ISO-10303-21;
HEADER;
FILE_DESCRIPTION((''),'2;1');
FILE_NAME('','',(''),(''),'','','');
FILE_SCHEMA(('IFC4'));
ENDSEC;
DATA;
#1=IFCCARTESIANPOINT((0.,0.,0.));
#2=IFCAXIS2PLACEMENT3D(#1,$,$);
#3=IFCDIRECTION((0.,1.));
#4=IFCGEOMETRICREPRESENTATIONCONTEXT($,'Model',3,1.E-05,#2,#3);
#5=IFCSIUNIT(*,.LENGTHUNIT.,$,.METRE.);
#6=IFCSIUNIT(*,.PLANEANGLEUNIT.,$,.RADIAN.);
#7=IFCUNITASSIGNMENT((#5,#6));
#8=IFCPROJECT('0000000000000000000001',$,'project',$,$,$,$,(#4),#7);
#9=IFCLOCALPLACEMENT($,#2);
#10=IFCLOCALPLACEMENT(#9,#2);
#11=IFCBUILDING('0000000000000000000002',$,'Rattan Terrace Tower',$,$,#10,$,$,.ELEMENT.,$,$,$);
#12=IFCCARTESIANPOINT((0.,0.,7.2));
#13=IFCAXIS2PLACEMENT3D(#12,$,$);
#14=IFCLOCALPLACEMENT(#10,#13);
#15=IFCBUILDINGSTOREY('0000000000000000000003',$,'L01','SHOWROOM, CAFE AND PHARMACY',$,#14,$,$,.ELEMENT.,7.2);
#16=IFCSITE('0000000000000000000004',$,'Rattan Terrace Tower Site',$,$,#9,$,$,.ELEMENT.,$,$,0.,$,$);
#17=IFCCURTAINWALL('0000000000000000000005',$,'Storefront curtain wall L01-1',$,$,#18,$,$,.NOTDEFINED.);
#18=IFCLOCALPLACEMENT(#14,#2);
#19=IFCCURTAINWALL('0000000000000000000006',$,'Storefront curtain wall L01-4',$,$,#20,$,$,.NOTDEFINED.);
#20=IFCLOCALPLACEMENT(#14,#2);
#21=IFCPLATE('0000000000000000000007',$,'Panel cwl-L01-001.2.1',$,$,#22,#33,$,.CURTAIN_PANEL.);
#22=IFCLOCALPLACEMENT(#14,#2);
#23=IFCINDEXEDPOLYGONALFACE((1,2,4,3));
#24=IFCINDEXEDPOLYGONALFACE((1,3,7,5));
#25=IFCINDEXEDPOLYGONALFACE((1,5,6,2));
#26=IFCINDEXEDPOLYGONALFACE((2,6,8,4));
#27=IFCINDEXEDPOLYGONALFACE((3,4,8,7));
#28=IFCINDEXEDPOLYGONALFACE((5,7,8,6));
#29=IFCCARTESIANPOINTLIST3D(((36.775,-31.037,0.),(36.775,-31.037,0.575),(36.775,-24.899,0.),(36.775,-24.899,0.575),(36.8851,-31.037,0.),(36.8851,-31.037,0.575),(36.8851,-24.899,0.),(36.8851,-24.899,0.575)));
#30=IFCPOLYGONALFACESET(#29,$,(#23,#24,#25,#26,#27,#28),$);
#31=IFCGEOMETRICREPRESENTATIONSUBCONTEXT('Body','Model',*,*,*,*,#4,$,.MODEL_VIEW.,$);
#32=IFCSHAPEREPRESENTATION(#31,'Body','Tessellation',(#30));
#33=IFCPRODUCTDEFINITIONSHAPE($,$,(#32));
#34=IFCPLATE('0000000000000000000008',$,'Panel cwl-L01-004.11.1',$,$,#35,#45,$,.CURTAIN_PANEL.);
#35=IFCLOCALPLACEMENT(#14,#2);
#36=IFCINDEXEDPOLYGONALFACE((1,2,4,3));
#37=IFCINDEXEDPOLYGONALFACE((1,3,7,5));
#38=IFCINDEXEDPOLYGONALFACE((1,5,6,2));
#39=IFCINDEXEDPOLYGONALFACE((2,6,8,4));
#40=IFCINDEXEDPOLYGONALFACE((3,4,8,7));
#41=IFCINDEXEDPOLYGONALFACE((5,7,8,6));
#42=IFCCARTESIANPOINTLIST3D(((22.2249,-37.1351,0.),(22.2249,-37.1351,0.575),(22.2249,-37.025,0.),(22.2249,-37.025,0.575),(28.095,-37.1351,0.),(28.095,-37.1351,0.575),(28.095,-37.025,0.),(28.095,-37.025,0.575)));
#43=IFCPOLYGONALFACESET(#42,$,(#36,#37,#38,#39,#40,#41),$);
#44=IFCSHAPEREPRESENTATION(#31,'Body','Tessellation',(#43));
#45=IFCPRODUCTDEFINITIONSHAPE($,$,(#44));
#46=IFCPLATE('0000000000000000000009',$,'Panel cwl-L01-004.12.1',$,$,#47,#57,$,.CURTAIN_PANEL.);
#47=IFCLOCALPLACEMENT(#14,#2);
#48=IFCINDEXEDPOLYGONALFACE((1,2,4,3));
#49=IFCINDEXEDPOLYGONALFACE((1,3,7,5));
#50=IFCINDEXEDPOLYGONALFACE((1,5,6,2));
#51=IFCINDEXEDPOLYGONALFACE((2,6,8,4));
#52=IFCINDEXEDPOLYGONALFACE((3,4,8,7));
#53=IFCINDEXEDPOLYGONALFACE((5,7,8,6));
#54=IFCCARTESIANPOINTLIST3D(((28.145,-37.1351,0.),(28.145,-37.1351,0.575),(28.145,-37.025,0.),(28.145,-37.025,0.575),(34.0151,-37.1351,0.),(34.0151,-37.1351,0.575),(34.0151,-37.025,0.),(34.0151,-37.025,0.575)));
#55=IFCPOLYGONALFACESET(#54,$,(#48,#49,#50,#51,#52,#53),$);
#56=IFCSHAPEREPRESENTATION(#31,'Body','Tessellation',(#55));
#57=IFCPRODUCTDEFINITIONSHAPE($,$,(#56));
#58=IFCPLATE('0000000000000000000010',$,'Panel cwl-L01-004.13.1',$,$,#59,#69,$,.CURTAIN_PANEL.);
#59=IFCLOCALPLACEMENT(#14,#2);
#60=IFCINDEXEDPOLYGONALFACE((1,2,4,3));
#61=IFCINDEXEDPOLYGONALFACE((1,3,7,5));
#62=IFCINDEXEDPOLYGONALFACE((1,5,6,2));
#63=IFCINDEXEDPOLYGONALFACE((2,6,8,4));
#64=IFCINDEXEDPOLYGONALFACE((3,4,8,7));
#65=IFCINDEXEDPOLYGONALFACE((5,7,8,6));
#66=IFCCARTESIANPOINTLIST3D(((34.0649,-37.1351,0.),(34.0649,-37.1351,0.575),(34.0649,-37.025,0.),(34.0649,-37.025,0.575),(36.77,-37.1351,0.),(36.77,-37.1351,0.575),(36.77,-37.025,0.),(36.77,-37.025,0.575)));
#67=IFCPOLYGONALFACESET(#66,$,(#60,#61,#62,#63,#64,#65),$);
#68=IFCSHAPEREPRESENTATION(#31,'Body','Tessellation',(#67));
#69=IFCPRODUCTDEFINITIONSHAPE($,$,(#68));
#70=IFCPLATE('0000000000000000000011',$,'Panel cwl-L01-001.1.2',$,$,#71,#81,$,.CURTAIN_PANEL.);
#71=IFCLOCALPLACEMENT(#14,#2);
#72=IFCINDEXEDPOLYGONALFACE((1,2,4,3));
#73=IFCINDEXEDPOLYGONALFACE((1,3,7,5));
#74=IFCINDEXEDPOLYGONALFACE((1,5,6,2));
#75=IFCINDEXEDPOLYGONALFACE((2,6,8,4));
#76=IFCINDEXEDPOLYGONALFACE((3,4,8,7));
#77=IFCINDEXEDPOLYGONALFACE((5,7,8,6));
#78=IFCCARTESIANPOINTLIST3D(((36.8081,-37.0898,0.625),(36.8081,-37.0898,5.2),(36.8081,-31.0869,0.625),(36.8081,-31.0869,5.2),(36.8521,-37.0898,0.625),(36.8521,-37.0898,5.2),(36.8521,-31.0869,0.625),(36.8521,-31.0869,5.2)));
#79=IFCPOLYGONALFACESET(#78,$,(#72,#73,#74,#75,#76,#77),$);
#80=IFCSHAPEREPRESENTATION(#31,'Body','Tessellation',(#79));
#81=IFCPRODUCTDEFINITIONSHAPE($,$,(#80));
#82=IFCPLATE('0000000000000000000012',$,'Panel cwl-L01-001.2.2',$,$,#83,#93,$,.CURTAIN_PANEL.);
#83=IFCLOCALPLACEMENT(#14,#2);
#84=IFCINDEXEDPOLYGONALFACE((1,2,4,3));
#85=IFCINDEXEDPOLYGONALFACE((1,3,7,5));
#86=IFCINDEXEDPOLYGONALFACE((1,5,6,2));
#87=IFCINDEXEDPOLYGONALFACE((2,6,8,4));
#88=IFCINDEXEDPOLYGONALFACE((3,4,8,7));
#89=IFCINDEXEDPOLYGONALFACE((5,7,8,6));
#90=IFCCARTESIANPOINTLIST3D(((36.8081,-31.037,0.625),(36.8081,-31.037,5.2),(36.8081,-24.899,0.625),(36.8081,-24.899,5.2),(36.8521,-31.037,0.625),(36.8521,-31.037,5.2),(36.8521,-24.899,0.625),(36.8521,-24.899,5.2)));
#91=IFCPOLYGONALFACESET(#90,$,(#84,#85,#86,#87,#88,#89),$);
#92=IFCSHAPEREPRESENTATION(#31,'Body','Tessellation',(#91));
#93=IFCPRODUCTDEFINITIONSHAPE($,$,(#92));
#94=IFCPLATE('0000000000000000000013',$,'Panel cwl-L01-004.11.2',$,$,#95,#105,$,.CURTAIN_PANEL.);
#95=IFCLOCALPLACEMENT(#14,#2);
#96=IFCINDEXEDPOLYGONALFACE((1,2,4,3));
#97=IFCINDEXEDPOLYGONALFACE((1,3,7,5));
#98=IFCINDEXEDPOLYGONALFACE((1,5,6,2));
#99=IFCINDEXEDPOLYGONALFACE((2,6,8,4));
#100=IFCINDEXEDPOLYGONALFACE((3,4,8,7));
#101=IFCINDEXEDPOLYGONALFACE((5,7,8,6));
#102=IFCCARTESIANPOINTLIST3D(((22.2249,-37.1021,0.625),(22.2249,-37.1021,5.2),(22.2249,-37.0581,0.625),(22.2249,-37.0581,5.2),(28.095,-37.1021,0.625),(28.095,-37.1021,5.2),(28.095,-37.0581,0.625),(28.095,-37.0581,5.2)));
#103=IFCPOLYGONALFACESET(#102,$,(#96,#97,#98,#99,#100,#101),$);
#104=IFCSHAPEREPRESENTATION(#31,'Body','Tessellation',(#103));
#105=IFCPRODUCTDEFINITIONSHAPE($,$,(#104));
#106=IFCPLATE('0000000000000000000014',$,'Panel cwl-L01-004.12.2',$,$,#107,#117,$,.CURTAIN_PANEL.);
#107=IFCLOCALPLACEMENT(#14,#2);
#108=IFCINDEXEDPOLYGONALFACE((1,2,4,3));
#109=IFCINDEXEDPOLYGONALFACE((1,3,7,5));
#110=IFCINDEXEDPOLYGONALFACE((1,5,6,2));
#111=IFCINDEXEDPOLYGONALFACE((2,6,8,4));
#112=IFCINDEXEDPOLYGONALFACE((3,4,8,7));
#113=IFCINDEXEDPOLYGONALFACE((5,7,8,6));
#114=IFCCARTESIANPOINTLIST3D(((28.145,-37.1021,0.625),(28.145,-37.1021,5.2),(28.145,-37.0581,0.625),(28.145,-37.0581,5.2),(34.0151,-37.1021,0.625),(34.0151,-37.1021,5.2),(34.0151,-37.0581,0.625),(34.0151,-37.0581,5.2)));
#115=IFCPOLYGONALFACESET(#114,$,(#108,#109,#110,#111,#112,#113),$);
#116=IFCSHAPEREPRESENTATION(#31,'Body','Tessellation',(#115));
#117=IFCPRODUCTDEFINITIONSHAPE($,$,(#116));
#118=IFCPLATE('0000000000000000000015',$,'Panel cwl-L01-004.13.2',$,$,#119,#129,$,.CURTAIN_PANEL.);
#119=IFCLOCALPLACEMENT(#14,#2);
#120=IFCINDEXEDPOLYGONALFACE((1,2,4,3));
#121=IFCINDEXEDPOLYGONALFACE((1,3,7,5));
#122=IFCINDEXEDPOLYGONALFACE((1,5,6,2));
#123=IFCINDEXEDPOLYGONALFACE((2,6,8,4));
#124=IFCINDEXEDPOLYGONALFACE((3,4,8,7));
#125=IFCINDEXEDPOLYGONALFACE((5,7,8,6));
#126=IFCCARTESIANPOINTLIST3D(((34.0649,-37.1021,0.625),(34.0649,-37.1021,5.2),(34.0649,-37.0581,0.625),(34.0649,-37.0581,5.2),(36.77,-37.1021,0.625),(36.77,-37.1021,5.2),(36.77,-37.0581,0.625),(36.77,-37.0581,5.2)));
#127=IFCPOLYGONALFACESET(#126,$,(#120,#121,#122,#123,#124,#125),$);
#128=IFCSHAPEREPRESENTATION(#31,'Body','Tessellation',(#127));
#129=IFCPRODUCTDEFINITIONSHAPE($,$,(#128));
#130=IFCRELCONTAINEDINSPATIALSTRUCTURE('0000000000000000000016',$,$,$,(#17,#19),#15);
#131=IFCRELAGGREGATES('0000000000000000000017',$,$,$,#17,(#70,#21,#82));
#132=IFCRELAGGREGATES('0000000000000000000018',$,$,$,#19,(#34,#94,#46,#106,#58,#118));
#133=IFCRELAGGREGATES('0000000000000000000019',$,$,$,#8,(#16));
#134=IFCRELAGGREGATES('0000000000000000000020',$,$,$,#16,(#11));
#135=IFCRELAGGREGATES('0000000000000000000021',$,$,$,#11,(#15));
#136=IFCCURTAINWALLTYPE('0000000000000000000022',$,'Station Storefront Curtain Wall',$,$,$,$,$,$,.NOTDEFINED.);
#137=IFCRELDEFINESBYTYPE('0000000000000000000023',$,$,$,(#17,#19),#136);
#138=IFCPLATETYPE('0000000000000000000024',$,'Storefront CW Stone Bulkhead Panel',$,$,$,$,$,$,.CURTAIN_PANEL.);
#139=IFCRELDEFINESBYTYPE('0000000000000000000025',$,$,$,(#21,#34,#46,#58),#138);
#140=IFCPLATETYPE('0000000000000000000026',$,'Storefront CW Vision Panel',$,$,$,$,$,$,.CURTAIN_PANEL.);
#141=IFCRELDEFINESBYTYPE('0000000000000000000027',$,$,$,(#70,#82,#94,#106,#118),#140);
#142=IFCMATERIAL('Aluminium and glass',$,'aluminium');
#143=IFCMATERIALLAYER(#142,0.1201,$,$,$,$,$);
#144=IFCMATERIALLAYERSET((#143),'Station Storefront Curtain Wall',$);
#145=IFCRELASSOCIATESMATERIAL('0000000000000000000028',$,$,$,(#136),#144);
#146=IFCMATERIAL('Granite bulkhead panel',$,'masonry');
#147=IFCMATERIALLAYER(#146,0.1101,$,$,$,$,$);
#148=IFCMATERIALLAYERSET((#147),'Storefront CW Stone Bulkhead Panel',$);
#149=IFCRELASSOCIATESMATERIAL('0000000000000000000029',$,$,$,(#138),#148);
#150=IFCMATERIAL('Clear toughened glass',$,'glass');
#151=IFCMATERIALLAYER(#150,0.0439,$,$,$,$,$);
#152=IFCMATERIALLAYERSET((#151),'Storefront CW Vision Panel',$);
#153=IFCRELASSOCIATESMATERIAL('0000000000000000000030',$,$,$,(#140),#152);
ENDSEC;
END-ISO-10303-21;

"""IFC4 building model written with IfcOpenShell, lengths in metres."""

from ifc_helpers import new_model, si_unit, direction, frame, origin, origin_2d, place, context, subcontext, project, spatial, rectangle, extrude, material, layer, layer_set, type_object, element, aggregate, save


model = new_model("IFC4")

# Units and contexts
model_context = context("Model", 3, precision=1e-05, world=origin(), true_north=direction((0.0, 1.0)))
body_context = subcontext(model_context, "Body", "Model", "MODEL_VIEW")
ifc_project = project(units=[si_unit("LENGTHUNIT", "METRE"), si_unit("PLANEANGLEUNIT", "RADIAN")], contexts=[model_context])

# Site, building, storey
site_placement = place(None, origin())
site = spatial("IfcSite", under=ifc_project, at=site_placement, Name="Rattan Terrace Tower Site", CompositionType="ELEMENT", RefElevation=0.0)
building_placement = place(site_placement, origin())
building = spatial("IfcBuilding", under=site, at=building_placement, Name="Rattan Terrace Tower", CompositionType="ELEMENT")
storey_placement = place(building_placement, frame((0.0, 0.0, 7.2)))
storey = spatial("IfcBuildingStorey", under=building, at=storey_placement, Name="L01", Description="SHOWROOM, CAFE AND PHARMACY", CompositionType="ELEMENT", Elevation=7.2)

# Curtain walls
ifc_material_1 = material(Name="Aluminium and glass", Category="aluminium")
ifc_layer_1 = layer(ifc_material_1, 0.1201)
ifc_layer_set_1 = layer_set([ifc_layer_1], Name="Station Storefront Curtain Wall")
curtain_wall_type = type_object("IfcCurtainWallType", Name="Station Storefront Curtain Wall", PredefinedType="NOTDEFINED", material=ifc_layer_set_1)
curtain_wall_1_placement = place(storey_placement, origin())
curtain_wall_1 = element("IfcCurtainWall", 1, at=curtain_wall_1_placement, inside=storey, type_object=curtain_wall_type, Name="Storefront curtain wall L01-1", PredefinedType="NOTDEFINED")
curtain_wall_2_placement = place(storey_placement, origin())
curtain_wall_2 = element("IfcCurtainWall", 2, at=curtain_wall_2_placement, inside=storey, type_object=curtain_wall_type, Name="Storefront curtain wall L01-4", PredefinedType="NOTDEFINED")

# Plates
ifc_material_2 = material(Name="Granite bulkhead panel", Category="masonry")
ifc_layer_2 = layer(ifc_material_2, 0.1101)
ifc_layer_set_2 = layer_set([ifc_layer_2], Name="Storefront CW Stone Bulkhead Panel")
plate_type_1 = type_object("IfcPlateType", Name="Storefront CW Stone Bulkhead Panel", PredefinedType="CURTAIN_PANEL", material=ifc_layer_set_2)
plate_1_placement = place(storey_placement, frame((36.8301, -27.968, 0.0), z_axis=(0.0, 0.0, 1.0), x_axis=(0.0, 1.0, 0.0)))
plate_1 = element("IfcPlate", 3, at=plate_1_placement, type_object=plate_type_1, Name="Panel cwl-L01-001.2.1", PredefinedType="CURTAIN_PANEL", context=body_context, shape_type="SweptSolid", body=[
    extrude(rectangle(XDim=6.1379, YDim=0.1101, at=origin_2d()), origin(), (0.0, 0.0, 1.0), 0.575),
])
plate_2_placement = place(storey_placement, frame((25.1599, -37.0801, 0.0), z_axis=(0.0, 0.0, 1.0), x_axis=(1.0, 0.0, 0.0)))
plate_2 = element("IfcPlate", 4, at=plate_2_placement, type_object=plate_type_1, Name="Panel cwl-L01-004.11.1", PredefinedType="CURTAIN_PANEL", context=body_context, shape_type="SweptSolid", body=[
    extrude(rectangle(XDim=5.8701, YDim=0.1101, at=origin_2d()), origin(), (0.0, 0.0, 1.0), 0.575),
])
plate_3_placement = place(storey_placement, frame((31.0801, -37.0801, 0.0), z_axis=(0.0, 0.0, 1.0), x_axis=(1.0, 0.0, 0.0)))
plate_3 = element("IfcPlate", 5, at=plate_3_placement, type_object=plate_type_1, Name="Panel cwl-L01-004.12.1", PredefinedType="CURTAIN_PANEL", context=body_context, shape_type="SweptSolid", body=[
    extrude(rectangle(XDim=5.8701, YDim=0.1101, at=origin_2d()), origin(), (0.0, 0.0, 1.0), 0.575),
])
plate_4_placement = place(storey_placement, frame((35.4175, -37.0801, 0.0), z_axis=(0.0, 0.0, 1.0), x_axis=(1.0, 0.0, 0.0)))
plate_4 = element("IfcPlate", 6, at=plate_4_placement, type_object=plate_type_1, Name="Panel cwl-L01-004.13.1", PredefinedType="CURTAIN_PANEL", context=body_context, shape_type="SweptSolid", body=[
    extrude(rectangle(XDim=2.7051, YDim=0.1101, at=origin_2d()), origin(), (0.0, 0.0, 1.0), 0.575),
])
ifc_material_3 = material(Name="Clear toughened glass", Category="glass")
ifc_layer_3 = layer(ifc_material_3, 0.0439)
ifc_layer_set_3 = layer_set([ifc_layer_3], Name="Storefront CW Vision Panel")
plate_type_2 = type_object("IfcPlateType", Name="Storefront CW Vision Panel", PredefinedType="CURTAIN_PANEL", material=ifc_layer_set_3)
plate_5_placement = place(storey_placement, frame((36.8301, -34.0884, 0.625), z_axis=(0.0, 0.0, 1.0), x_axis=(0.0, 1.0, 0.0)))
plate_5 = element("IfcPlate", 7, at=plate_5_placement, type_object=plate_type_2, Name="Panel cwl-L01-001.1.2", PredefinedType="CURTAIN_PANEL", context=body_context, shape_type="SweptSolid", body=[
    extrude(rectangle(XDim=6.0029, YDim=0.0439, at=origin_2d()), origin(), (0.0, 0.0, 1.0), 4.575),
])
plate_6_placement = place(storey_placement, frame((36.8301, -27.968, 0.625), z_axis=(0.0, 0.0, 1.0), x_axis=(0.0, 1.0, 0.0)))
plate_6 = element("IfcPlate", 8, at=plate_6_placement, type_object=plate_type_2, Name="Panel cwl-L01-001.2.2", PredefinedType="CURTAIN_PANEL", context=body_context, shape_type="SweptSolid", body=[
    extrude(rectangle(XDim=6.1379, YDim=0.0439, at=origin_2d()), origin(), (0.0, 0.0, 1.0), 4.575),
])
aggregate(curtain_wall_1, [plate_5, plate_1, plate_6])
plate_7_placement = place(storey_placement, frame((25.1599, -37.0801, 0.625), z_axis=(0.0, 0.0, 1.0), x_axis=(1.0, 0.0, 0.0)))
plate_7 = element("IfcPlate", 9, at=plate_7_placement, type_object=plate_type_2, Name="Panel cwl-L01-004.11.2", PredefinedType="CURTAIN_PANEL", context=body_context, shape_type="SweptSolid", body=[
    extrude(rectangle(XDim=5.8701, YDim=0.0439, at=origin_2d()), origin(), (0.0, 0.0, 1.0), 4.575),
])
plate_8_placement = place(storey_placement, frame((31.0801, -37.0801, 0.625), z_axis=(0.0, 0.0, 1.0), x_axis=(1.0, 0.0, 0.0)))
plate_8 = element("IfcPlate", 10, at=plate_8_placement, type_object=plate_type_2, Name="Panel cwl-L01-004.12.2", PredefinedType="CURTAIN_PANEL", context=body_context, shape_type="SweptSolid", body=[
    extrude(rectangle(XDim=5.8701, YDim=0.0439, at=origin_2d()), origin(), (0.0, 0.0, 1.0), 4.575),
])
plate_9_placement = place(storey_placement, frame((35.4175, -37.0801, 0.625), z_axis=(0.0, 0.0, 1.0), x_axis=(1.0, 0.0, 0.0)))
plate_9 = element("IfcPlate", 11, at=plate_9_placement, type_object=plate_type_2, Name="Panel cwl-L01-004.13.2", PredefinedType="CURTAIN_PANEL", context=body_context, shape_type="SweptSolid", body=[
    extrude(rectangle(XDim=2.7051, YDim=0.0439, at=origin_2d()), origin(), (0.0, 0.0, 1.0), 4.575),
])
aggregate(curtain_wall_2, [plate_2, plate_7, plate_3, plate_8, plate_4, plate_9])

save(model, "model.ifc")
